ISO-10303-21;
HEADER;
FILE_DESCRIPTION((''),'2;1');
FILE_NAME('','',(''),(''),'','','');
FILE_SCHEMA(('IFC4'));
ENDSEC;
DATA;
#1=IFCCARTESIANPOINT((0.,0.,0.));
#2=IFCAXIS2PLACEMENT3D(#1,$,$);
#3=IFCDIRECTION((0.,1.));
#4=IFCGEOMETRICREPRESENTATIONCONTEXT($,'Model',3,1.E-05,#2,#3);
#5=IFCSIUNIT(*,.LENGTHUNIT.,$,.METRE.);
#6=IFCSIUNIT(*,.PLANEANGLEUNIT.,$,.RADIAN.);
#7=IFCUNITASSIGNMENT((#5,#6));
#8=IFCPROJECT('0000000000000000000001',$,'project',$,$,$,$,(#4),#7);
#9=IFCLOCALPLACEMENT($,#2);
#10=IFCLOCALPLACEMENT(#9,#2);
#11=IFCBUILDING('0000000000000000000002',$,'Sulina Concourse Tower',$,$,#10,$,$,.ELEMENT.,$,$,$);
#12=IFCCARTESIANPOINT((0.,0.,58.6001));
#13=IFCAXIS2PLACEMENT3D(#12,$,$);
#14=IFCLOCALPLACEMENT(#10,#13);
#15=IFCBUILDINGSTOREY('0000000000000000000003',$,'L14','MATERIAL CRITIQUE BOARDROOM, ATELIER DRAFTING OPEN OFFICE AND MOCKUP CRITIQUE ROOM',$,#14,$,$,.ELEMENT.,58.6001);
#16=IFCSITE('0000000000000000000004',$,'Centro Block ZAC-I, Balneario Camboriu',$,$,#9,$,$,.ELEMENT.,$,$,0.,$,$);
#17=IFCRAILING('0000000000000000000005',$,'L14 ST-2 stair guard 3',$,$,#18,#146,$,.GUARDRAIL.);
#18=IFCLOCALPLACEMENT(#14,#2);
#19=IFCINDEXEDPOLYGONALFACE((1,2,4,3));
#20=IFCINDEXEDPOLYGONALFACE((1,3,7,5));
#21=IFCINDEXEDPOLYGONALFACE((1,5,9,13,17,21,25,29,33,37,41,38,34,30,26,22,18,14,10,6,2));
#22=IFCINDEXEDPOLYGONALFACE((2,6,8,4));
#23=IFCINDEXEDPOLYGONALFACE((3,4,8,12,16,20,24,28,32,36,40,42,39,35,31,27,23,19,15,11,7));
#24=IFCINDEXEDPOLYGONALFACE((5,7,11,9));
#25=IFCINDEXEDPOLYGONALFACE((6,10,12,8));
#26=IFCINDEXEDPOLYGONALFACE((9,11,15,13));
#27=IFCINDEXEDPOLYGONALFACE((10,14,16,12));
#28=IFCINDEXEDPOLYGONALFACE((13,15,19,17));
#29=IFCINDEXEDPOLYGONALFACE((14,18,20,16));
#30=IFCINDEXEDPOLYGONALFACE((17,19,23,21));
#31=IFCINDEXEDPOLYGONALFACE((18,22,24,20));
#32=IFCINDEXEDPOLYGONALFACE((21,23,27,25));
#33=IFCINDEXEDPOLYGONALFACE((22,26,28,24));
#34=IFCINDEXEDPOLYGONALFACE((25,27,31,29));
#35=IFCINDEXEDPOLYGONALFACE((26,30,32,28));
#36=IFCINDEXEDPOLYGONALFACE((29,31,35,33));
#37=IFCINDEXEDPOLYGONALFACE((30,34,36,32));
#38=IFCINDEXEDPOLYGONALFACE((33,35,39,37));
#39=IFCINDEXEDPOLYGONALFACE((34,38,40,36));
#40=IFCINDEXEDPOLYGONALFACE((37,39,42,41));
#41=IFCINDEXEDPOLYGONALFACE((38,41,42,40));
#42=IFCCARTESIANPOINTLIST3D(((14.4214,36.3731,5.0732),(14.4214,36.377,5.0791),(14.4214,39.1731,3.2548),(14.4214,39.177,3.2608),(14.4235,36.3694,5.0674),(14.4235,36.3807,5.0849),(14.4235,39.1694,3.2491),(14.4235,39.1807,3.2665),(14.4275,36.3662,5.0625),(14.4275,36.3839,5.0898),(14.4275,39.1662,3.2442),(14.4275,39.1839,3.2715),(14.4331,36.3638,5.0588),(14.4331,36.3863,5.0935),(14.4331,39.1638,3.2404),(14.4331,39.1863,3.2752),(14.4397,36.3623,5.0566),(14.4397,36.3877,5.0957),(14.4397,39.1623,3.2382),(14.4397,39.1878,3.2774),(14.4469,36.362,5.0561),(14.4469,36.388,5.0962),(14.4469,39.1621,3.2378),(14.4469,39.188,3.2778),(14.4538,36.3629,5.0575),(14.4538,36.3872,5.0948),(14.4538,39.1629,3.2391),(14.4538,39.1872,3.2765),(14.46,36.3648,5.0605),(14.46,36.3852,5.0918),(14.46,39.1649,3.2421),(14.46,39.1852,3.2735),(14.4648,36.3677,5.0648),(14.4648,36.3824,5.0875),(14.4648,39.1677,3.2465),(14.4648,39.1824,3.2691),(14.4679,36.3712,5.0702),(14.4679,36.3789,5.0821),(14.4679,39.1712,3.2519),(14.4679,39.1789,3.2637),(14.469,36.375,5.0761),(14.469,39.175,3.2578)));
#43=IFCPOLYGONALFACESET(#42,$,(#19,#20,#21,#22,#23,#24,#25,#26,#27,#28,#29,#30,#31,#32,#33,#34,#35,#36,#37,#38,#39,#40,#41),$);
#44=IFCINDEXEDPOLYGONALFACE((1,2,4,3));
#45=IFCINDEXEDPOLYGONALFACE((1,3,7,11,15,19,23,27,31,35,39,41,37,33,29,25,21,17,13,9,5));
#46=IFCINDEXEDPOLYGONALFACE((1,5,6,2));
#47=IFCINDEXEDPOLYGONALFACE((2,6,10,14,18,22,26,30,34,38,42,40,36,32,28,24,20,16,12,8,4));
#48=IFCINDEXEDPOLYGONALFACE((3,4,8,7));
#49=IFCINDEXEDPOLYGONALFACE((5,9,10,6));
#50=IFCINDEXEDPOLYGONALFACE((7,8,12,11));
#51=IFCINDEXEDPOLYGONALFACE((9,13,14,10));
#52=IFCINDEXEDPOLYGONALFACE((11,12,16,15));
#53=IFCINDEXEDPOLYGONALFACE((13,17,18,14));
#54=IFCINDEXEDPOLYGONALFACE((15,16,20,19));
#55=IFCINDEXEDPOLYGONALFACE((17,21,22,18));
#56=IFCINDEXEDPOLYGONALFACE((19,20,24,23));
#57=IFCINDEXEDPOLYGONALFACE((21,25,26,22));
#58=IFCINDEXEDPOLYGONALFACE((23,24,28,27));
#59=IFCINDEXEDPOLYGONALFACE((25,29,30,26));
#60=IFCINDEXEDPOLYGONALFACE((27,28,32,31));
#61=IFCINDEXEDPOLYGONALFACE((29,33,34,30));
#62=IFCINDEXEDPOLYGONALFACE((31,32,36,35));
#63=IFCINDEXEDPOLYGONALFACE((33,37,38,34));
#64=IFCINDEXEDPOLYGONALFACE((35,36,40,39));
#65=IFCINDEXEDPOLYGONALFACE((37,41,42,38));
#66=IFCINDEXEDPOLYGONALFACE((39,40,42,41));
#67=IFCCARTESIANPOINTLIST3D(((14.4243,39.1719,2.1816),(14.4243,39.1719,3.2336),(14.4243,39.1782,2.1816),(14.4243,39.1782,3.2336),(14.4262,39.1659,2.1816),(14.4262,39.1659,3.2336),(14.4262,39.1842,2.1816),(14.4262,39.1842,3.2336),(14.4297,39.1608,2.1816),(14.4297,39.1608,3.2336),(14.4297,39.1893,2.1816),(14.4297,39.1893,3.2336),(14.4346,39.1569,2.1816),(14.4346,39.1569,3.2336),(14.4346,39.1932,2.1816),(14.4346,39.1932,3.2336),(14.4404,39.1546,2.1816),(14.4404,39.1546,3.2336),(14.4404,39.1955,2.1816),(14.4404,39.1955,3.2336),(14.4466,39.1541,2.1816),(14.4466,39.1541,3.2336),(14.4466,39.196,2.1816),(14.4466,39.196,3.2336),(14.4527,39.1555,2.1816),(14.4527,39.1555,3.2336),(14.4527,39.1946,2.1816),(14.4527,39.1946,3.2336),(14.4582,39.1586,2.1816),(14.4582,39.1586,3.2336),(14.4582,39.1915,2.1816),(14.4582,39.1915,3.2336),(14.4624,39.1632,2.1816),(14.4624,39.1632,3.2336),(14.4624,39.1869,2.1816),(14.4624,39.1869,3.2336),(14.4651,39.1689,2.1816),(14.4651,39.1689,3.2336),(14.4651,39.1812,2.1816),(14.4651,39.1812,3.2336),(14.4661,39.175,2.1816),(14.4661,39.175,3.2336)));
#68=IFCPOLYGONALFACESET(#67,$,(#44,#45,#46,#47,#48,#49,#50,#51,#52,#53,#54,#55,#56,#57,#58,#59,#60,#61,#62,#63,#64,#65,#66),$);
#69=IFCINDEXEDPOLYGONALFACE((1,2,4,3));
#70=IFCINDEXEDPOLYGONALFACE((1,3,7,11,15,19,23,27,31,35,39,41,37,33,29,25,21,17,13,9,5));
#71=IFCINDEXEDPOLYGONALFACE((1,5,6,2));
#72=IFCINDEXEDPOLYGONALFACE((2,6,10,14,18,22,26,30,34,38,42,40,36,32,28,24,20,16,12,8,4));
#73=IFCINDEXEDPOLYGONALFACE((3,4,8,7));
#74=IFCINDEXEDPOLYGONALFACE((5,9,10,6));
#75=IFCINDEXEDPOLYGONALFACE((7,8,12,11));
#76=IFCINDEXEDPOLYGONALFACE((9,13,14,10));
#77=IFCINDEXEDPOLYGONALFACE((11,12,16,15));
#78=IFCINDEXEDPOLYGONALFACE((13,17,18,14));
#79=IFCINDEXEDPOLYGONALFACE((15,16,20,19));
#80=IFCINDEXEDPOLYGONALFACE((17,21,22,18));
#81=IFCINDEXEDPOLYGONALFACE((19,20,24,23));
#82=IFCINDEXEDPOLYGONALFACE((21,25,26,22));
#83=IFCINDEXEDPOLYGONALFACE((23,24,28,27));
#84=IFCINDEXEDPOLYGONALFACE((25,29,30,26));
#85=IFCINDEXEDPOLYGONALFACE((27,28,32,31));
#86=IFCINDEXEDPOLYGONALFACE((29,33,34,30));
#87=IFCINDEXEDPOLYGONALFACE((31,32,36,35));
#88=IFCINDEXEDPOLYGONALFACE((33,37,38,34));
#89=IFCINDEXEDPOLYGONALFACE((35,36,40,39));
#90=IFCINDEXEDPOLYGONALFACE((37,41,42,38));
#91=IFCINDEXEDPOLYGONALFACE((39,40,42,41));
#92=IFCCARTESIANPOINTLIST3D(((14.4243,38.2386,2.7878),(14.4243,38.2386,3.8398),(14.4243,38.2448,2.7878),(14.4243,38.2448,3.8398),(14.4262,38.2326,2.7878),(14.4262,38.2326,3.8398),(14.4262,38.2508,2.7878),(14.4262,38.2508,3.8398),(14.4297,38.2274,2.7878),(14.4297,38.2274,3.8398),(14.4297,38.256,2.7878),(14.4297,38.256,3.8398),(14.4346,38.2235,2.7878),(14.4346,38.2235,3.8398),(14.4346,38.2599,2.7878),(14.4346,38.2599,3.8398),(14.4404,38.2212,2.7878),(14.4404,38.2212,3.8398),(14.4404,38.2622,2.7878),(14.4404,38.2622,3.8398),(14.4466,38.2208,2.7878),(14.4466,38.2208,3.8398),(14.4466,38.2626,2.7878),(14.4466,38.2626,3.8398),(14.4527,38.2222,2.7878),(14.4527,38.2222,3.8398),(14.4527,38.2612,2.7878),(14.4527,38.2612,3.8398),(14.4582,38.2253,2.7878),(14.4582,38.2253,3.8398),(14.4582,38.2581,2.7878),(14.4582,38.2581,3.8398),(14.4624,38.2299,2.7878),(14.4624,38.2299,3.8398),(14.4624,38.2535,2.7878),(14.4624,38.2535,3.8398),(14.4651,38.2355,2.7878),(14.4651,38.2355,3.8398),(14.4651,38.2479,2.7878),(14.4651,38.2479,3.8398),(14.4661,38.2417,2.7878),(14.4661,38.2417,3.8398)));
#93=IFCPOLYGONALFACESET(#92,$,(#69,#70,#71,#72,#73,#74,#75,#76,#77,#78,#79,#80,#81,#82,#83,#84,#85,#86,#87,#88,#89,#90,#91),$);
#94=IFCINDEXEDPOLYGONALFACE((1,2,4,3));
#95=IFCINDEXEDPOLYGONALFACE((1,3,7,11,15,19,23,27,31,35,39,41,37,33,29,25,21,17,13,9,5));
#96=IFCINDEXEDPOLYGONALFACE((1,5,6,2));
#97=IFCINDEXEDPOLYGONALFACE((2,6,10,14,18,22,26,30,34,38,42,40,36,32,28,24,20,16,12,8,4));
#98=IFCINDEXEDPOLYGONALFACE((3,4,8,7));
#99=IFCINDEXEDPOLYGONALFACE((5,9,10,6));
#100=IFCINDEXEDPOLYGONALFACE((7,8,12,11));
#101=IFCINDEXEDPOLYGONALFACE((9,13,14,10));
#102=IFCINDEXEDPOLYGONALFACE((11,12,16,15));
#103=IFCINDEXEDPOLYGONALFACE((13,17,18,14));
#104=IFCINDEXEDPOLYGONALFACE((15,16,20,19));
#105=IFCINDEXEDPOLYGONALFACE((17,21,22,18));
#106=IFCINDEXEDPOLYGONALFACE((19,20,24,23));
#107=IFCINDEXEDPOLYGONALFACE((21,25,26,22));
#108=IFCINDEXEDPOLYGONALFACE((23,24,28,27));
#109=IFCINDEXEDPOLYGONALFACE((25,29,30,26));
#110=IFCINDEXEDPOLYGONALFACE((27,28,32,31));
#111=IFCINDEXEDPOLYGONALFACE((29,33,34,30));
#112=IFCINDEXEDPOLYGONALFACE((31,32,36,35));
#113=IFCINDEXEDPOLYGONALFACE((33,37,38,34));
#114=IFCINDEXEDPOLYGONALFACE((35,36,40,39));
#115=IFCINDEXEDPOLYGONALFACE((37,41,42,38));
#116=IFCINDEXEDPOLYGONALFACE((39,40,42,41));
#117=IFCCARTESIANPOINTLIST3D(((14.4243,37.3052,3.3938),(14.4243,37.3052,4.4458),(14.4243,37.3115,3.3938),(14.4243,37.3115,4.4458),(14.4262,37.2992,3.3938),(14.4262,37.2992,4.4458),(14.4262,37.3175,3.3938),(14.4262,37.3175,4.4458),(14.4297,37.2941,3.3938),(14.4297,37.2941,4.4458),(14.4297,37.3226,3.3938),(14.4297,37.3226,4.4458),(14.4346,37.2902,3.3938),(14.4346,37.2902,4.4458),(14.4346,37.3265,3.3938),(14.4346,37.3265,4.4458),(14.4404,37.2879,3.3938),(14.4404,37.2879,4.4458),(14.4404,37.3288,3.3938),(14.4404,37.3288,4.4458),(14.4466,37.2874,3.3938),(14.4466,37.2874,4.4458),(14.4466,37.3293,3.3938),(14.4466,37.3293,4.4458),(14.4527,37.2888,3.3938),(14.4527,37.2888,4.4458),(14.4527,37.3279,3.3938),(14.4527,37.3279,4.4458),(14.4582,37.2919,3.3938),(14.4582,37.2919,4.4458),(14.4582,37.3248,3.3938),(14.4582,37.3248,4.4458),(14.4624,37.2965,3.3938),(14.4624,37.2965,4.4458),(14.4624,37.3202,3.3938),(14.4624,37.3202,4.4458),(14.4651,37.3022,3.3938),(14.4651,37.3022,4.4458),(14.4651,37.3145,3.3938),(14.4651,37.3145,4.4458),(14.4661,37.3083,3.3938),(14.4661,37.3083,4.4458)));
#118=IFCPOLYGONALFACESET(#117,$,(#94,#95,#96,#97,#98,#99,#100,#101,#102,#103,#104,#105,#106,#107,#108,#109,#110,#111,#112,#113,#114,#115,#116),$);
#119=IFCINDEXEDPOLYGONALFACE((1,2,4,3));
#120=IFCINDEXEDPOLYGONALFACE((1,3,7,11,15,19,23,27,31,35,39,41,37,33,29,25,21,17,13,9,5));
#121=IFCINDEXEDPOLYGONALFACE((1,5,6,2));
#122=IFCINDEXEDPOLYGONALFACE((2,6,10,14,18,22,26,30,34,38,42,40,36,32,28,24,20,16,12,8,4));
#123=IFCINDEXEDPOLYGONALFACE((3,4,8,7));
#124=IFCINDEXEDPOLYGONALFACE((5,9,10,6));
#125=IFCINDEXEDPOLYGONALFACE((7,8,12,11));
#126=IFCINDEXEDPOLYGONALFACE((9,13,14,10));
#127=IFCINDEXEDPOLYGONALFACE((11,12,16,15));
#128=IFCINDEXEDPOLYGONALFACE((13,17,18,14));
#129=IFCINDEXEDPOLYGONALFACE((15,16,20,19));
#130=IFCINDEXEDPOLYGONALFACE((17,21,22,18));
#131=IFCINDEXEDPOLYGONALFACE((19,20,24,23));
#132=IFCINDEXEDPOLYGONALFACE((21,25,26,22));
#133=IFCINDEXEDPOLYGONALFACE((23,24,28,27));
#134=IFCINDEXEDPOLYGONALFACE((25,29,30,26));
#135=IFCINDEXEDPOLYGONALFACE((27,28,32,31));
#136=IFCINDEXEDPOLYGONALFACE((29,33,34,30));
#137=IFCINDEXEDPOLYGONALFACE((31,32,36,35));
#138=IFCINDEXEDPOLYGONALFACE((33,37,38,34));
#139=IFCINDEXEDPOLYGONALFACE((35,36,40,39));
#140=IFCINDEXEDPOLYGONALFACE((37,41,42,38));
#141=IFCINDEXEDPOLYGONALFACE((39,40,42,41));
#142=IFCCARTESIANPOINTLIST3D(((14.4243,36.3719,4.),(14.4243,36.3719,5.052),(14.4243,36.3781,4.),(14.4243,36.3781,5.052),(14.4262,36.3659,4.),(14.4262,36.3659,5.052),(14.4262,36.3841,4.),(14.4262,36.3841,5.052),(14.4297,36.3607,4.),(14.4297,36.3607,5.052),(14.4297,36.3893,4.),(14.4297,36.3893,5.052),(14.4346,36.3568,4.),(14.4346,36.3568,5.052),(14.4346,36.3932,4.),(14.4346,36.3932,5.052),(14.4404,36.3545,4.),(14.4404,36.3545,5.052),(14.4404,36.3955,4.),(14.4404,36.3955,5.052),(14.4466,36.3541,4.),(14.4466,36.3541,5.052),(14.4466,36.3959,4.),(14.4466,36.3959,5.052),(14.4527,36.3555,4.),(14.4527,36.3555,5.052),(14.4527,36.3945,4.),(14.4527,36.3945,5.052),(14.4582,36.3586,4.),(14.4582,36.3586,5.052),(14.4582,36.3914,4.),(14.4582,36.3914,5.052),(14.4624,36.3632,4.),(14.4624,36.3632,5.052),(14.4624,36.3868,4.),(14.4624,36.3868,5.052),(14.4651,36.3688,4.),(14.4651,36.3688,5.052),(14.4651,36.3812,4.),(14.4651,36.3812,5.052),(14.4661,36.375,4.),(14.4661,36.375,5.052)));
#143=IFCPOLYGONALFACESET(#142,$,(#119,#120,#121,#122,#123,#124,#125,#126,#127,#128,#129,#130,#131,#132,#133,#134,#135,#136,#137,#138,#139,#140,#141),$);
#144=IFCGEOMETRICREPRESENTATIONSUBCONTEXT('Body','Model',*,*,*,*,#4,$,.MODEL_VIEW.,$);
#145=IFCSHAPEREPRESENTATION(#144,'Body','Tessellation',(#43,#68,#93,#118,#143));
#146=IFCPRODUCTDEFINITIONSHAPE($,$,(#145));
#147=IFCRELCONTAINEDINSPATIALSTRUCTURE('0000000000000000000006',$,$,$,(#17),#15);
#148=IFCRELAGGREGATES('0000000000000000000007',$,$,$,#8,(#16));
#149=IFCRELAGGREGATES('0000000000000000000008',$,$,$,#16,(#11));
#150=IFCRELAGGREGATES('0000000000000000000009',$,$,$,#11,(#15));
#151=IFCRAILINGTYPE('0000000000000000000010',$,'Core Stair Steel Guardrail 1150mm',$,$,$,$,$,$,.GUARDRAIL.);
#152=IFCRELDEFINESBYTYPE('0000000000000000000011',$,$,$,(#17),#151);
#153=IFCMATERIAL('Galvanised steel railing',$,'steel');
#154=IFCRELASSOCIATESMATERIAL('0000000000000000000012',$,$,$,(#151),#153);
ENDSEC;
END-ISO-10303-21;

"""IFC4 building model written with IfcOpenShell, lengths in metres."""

from ifc_helpers import new_model, si_unit, direction, frame, origin, origin_2d, place, context, subcontext, project, spatial, circle, extrude, material, type_object, element, save


model = new_model("IFC4")

# Units and contexts
model_context = context("Model", 3, precision=1e-05, world=origin(), true_north=direction((0.0, 1.0)))
body_context = subcontext(model_context, "Body", "Model", "MODEL_VIEW")
ifc_project = project(units=[si_unit("LENGTHUNIT", "METRE"), si_unit("PLANEANGLEUNIT", "RADIAN")], contexts=[model_context])

# Site, building, storey
site_placement = place(None, origin())
site = spatial("IfcSite", under=ifc_project, at=site_placement, Name="Centro Block ZAC-I, Balneario Camboriu", CompositionType="ELEMENT", RefElevation=0.0)
building_placement = place(site_placement, origin())
building = spatial("IfcBuilding", under=site, at=building_placement, Name="Sulina Concourse Tower", CompositionType="ELEMENT")
storey_placement = place(building_placement, frame((0.0, 0.0, 58.6001)))
storey = spatial("IfcBuildingStorey", under=building, at=storey_placement, Name="L14", Description="MATERIAL CRITIQUE BOARDROOM, ATELIER DRAFTING OPEN OFFICE AND MOCKUP CRITIQUE ROOM", CompositionType="ELEMENT", Elevation=58.6001)

# Railing
ifc_material_1 = material(Name="Galvanised steel railing", Category="steel")
railing_type_1 = type_object("IfcRailingType", Name="Core Stair Steel Guardrail 1150mm", PredefinedType="GUARDRAIL", material=ifc_material_1)
railing_1_placement = place(storey_placement, frame((14.4451, 39.175, 2.1816)))
element("IfcRailing", 1, at=railing_1_placement, inside=storey, type_object=railing_type_1, Name="L14 ST-2 stair guard 3", PredefinedType="GUARDRAIL", context=body_context, shape_type="SweptSolid", body=[
    extrude(circle(Radius=0.0239, at=origin_2d()), frame((0.0, 0.0, 1.0762), z_axis=(0.0, -0.838672, 0.544636), x_axis=(1.0, 0.0, 0.0)), (0.0, 0.0, 1.0), 3.3386),
    extrude(circle(Radius=0.021, at=origin_2d()), origin(), (0.0, 0.0, 1.0), 1.052),
    extrude(circle(Radius=0.021, at=origin_2d()), frame((0.0, -0.9333, 0.6062)), (0.0, 0.0, 1.0), 1.052),
    extrude(circle(Radius=0.021, at=origin_2d()), frame((0.0, -1.8667, 1.2122)), (0.0, 0.0, 1.0), 1.052),
    extrude(circle(Radius=0.021, at=origin_2d()), frame((0.0, -2.8, 1.8184)), (0.0, 0.0, 1.0), 1.052),
])

save(model, "model.ifc")
